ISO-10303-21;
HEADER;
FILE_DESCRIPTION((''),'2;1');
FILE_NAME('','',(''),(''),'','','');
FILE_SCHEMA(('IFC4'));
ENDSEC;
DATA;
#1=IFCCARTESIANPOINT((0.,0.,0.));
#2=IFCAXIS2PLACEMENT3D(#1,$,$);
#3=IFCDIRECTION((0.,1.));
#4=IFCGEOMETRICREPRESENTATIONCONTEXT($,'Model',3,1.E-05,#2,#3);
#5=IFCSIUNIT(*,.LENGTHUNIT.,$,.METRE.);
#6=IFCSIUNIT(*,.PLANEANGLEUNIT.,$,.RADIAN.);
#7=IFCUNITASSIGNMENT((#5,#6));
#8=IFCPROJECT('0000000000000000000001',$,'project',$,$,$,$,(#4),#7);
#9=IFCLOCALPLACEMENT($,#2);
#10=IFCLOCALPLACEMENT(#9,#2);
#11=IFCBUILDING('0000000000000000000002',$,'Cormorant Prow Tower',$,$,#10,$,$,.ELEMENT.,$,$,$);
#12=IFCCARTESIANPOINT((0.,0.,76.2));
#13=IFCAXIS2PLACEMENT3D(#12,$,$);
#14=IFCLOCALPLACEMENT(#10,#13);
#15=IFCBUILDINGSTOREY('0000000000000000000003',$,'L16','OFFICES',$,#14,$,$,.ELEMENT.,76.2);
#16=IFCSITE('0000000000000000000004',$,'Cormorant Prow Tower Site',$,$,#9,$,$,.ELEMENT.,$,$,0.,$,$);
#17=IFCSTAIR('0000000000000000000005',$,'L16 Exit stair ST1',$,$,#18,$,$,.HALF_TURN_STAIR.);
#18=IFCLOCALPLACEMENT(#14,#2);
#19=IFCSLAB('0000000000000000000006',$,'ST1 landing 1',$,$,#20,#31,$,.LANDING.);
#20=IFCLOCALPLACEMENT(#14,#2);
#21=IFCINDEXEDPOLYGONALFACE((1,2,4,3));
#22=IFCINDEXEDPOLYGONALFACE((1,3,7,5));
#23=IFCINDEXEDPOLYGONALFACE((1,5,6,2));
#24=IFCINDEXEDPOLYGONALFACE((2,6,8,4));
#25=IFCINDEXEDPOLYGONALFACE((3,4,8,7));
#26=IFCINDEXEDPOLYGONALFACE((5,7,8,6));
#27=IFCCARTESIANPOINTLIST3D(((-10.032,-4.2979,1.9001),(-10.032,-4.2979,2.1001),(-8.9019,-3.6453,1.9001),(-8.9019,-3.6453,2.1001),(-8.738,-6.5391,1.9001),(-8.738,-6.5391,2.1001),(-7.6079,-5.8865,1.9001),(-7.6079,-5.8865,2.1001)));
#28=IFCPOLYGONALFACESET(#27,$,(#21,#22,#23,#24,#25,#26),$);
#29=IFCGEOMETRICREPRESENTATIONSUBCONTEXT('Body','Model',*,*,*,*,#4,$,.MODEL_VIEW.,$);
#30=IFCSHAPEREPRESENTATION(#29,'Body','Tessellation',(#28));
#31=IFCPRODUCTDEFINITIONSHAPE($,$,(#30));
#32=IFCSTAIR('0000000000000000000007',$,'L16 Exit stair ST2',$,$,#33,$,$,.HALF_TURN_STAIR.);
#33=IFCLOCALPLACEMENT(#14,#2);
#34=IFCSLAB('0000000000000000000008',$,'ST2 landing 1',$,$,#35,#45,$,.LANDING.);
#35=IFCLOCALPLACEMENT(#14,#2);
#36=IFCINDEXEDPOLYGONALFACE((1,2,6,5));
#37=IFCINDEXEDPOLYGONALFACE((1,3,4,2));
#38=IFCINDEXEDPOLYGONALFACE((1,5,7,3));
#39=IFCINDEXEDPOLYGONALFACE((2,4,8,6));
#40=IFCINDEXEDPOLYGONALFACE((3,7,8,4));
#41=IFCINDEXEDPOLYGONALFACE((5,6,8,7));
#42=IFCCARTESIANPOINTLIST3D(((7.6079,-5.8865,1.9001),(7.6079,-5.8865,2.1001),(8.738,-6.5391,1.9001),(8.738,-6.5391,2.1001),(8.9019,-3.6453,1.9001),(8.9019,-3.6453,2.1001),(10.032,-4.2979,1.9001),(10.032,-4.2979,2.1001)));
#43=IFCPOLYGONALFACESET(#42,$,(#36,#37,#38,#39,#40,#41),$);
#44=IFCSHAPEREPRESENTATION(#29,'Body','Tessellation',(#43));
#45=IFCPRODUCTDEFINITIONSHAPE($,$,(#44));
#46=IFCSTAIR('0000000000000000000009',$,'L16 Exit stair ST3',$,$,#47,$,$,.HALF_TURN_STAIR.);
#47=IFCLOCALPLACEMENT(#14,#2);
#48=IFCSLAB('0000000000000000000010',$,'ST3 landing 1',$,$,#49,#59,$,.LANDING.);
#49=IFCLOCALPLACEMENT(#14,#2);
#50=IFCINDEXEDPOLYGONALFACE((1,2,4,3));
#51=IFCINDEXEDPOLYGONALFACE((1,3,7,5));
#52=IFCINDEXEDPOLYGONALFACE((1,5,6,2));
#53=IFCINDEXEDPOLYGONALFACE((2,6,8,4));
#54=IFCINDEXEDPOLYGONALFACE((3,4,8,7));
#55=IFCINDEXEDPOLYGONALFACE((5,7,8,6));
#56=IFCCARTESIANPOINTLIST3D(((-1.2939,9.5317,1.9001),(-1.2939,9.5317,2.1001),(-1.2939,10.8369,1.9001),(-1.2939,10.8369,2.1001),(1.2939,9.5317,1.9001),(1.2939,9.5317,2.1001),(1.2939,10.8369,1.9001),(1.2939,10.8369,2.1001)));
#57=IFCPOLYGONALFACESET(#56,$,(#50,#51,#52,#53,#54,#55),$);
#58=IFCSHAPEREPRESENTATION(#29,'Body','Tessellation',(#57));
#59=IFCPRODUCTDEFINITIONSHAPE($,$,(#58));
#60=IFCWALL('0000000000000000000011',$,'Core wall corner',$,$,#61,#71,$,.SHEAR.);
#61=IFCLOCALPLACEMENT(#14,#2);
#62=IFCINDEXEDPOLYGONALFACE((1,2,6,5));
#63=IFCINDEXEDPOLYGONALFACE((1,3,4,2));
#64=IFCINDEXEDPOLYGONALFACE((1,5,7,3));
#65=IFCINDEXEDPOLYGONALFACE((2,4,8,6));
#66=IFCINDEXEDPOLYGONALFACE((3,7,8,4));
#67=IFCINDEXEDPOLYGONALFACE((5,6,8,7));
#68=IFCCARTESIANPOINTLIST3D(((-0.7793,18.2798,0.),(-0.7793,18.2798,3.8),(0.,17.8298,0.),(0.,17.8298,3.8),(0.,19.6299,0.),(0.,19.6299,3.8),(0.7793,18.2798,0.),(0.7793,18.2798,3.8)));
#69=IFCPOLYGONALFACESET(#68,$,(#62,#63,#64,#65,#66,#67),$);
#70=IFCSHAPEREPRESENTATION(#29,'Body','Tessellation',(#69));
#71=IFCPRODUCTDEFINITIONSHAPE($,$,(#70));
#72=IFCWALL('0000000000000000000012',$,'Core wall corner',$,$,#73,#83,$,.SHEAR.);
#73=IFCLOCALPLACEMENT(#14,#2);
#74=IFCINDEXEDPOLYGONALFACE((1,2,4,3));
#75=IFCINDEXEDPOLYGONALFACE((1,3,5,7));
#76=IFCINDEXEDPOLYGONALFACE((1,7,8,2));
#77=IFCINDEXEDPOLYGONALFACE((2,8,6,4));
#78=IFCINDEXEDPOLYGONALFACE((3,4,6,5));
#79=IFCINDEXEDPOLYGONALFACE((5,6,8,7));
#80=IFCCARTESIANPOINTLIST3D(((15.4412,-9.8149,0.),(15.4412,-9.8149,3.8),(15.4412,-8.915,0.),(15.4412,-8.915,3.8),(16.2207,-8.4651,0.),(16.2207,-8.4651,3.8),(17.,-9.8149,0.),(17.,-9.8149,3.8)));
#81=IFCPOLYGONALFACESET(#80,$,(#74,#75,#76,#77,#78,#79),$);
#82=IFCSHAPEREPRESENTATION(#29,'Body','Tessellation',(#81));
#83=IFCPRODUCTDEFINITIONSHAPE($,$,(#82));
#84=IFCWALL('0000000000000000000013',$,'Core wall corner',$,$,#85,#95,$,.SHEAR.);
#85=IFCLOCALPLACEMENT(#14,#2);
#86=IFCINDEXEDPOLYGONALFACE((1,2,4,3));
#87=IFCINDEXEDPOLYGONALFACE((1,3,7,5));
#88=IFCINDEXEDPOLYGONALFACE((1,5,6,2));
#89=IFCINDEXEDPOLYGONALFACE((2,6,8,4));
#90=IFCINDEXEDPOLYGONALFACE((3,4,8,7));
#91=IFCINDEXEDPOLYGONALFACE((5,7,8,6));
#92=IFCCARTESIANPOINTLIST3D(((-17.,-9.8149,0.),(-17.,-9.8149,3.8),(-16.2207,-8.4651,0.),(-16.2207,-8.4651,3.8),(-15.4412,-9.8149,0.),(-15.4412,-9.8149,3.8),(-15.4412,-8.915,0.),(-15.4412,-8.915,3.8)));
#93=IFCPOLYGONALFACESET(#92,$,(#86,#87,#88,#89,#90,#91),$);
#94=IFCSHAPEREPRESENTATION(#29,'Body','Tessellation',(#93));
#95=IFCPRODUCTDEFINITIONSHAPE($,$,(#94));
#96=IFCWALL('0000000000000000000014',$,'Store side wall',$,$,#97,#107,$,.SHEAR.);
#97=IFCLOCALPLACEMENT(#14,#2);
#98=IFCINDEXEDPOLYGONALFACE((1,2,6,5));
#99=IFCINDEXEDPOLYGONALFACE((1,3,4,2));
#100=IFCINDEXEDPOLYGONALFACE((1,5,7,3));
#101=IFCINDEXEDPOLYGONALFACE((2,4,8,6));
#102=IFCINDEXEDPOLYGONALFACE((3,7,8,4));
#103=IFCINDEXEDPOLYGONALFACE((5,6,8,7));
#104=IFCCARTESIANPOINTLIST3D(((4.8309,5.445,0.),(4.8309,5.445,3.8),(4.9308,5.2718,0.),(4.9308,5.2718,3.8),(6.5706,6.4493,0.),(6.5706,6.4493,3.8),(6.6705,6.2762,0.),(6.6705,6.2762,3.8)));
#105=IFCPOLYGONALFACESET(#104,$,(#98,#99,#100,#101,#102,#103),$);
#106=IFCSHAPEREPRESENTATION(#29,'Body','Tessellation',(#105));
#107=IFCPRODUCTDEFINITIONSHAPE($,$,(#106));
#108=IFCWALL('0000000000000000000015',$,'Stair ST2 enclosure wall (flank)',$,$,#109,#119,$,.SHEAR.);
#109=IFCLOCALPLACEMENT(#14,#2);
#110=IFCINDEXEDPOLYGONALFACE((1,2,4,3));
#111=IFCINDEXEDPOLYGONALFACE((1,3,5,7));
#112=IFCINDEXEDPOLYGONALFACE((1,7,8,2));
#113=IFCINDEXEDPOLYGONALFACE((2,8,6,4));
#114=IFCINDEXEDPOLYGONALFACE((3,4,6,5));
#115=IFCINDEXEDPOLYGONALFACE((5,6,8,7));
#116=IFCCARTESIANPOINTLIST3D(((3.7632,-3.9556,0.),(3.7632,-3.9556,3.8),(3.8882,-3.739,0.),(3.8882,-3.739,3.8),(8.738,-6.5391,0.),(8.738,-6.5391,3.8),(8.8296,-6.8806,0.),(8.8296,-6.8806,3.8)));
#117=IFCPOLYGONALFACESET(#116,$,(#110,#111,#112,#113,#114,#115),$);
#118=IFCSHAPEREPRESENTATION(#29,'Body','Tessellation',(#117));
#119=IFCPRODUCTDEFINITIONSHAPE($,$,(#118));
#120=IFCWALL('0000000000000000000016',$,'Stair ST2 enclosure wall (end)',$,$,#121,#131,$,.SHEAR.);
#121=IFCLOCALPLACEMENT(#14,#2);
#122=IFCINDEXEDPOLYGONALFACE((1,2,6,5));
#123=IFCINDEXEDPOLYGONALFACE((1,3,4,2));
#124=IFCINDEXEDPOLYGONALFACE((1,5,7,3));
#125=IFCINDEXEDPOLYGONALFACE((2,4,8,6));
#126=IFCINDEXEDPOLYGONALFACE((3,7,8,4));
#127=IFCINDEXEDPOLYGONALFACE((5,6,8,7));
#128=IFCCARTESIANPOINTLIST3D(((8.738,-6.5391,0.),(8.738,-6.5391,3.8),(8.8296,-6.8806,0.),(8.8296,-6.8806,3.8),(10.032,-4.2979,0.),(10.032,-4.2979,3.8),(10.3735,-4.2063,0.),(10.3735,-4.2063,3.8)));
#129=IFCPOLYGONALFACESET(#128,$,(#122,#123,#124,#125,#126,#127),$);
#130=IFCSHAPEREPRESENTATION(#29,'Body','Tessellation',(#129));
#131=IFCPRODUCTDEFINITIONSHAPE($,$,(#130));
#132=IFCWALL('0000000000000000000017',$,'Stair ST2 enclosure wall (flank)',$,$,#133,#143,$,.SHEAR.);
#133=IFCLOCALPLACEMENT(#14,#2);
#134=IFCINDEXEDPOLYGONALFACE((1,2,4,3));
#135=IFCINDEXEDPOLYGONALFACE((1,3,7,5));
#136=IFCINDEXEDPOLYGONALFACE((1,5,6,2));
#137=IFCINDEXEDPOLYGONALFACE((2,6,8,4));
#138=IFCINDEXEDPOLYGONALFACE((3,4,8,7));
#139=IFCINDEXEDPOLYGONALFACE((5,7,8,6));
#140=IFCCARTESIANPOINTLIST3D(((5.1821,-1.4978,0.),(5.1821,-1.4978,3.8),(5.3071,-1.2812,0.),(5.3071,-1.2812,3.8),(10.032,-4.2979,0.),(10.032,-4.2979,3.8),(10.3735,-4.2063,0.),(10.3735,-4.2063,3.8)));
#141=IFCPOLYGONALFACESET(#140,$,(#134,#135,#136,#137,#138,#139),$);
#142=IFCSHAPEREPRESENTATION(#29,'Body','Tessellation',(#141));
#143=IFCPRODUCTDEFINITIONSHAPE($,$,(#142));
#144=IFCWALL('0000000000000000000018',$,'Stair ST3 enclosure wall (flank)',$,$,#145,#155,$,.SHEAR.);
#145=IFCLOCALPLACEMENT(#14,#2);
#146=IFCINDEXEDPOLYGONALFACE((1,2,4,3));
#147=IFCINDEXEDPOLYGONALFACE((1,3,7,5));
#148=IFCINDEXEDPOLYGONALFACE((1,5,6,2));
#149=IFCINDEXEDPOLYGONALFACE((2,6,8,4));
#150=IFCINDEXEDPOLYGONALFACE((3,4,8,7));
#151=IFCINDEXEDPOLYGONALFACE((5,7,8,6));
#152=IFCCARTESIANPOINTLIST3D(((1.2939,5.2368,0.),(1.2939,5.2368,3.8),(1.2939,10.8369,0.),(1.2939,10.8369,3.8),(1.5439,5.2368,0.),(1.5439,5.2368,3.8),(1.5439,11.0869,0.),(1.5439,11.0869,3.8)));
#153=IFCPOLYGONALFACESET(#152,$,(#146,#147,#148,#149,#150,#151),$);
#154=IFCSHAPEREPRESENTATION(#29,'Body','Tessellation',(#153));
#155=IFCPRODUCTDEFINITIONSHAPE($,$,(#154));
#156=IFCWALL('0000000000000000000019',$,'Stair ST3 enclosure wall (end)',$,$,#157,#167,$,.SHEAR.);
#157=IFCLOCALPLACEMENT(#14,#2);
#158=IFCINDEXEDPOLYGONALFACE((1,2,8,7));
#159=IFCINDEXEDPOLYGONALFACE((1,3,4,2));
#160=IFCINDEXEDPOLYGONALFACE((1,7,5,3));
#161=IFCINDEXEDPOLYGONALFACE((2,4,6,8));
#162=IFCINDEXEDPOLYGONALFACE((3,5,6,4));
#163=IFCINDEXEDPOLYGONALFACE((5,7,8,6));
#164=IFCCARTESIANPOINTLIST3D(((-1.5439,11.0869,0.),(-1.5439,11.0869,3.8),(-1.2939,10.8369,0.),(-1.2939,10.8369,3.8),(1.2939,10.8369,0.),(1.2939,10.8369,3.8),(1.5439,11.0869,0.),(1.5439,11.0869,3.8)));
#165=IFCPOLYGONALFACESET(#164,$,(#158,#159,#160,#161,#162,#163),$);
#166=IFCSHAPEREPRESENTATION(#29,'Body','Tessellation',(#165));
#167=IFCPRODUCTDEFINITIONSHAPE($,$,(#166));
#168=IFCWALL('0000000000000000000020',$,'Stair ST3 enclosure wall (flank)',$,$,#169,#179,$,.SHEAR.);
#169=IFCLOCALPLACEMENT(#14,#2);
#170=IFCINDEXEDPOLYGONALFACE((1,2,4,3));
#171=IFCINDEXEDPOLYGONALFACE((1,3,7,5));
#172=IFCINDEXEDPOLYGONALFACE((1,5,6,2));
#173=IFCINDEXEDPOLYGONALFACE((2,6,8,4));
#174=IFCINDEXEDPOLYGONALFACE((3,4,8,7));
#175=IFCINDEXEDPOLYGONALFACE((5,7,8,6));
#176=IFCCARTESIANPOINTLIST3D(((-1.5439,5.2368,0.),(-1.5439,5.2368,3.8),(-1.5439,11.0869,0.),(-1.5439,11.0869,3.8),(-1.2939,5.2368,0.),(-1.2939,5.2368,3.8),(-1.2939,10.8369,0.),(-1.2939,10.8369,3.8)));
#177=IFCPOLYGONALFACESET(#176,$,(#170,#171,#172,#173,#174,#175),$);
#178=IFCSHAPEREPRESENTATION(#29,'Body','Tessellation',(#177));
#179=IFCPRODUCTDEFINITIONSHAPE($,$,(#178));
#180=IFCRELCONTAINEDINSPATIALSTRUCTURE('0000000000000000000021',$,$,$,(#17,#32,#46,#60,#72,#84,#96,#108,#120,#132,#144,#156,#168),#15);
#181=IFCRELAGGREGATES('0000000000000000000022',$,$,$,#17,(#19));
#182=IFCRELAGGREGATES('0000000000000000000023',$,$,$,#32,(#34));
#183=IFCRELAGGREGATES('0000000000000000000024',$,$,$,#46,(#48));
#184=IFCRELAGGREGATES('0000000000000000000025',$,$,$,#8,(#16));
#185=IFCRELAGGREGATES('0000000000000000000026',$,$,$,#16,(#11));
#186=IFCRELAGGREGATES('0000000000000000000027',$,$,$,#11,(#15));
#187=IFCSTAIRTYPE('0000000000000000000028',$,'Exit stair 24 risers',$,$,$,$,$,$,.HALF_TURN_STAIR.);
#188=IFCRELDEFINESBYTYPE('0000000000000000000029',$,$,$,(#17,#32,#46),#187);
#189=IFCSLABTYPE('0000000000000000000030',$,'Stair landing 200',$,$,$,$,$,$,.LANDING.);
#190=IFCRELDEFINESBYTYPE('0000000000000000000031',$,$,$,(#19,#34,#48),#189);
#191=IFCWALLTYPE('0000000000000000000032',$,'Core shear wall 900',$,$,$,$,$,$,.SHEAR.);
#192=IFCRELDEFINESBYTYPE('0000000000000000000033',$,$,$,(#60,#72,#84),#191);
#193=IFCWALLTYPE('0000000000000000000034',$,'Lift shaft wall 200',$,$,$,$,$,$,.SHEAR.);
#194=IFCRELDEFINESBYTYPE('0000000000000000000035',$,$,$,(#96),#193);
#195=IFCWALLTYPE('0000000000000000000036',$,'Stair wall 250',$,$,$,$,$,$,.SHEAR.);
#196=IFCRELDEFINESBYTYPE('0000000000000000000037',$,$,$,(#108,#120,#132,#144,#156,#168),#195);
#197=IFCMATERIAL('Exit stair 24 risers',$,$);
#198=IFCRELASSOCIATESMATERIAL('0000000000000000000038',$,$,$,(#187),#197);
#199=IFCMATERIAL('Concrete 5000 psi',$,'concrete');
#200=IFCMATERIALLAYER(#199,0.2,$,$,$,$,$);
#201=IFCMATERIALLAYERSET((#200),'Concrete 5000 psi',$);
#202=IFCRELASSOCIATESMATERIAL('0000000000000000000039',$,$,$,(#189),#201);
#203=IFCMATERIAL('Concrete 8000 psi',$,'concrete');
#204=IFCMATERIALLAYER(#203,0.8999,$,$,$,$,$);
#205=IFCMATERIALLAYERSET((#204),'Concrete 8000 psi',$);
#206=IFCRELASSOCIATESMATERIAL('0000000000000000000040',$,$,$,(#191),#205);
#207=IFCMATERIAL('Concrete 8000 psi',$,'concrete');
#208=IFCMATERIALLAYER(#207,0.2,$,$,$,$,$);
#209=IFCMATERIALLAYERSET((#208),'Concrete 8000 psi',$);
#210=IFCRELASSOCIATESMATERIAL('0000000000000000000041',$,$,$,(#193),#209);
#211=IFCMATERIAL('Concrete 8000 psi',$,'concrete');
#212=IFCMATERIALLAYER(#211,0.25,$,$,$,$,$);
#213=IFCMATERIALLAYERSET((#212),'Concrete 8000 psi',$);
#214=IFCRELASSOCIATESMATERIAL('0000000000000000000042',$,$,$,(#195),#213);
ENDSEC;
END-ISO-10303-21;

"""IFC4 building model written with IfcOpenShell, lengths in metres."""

from ifc_helpers import new_model, si_unit, direction, frame, frame_2d, origin, place, context, subcontext, project, spatial, polyline, rectangle, outline, extrude, material, layer, layer_set, type_object, element, aggregate, save


model = new_model("IFC4")

# Units and contexts
model_context = context("Model", 3, precision=1e-05, world=origin(), true_north=direction((0.0, 1.0)))
body_context = subcontext(model_context, "Body", "Model", "MODEL_VIEW")
ifc_project = project(units=[si_unit("LENGTHUNIT", "METRE"), si_unit("PLANEANGLEUNIT", "RADIAN")], contexts=[model_context])

# Site, building, storey
site_placement = place(None, origin())
site = spatial("IfcSite", under=ifc_project, at=site_placement, Name="Cormorant Prow Tower Site", CompositionType="ELEMENT", RefElevation=0.0)
building_placement = place(site_placement, origin())
building = spatial("IfcBuilding", under=site, at=building_placement, Name="Cormorant Prow Tower", CompositionType="ELEMENT")
storey_placement = place(building_placement, frame((0.0, 0.0, 76.2)))
storey = spatial("IfcBuildingStorey", under=building, at=storey_placement, Name="L16", Description="OFFICES", CompositionType="ELEMENT", Elevation=76.2)

# Stairs, slabs
ifc_material_1 = material(Name="Exit stair 24 risers")
stair_type = type_object("IfcStairType", Name="Exit stair 24 risers", PredefinedType="HALF_TURN_STAIR", material=ifc_material_1)
stair_1_placement = place(storey_placement, origin())
stair_1 = element("IfcStair", 1, at=stair_1_placement, inside=storey, type_object=stair_type, Name="L16 Exit stair ST1", PredefinedType="HALF_TURN_STAIR")
ifc_material_2 = material(Name="Concrete 5000 psi", Category="concrete")
ifc_layer_1 = layer(ifc_material_2, 0.2)
ifc_layer_set_1 = layer_set([ifc_layer_1], Name="Concrete 5000 psi")
slab_type = type_object("IfcSlabType", Name="Stair landing 200", PredefinedType="LANDING", material=ifc_layer_set_1)
slab_1_placement = place(storey_placement, frame((0.0, 0.0, 1.9001)))
slab_1 = element("IfcSlab", 2, at=slab_1_placement, type_object=slab_type, Name="ST1 landing 1", PredefinedType="LANDING", context=body_context, shape_type="SweptSolid", body=[
    extrude(outline(polyline([(-8.9019, -3.6453), (-10.032, -4.2979), (-8.738, -6.5391), (-7.6079, -5.8865), (-8.9019, -3.6453)])), origin(), (0.0, 0.0, 1.0), 0.2),
])
aggregate(stair_1, [slab_1])
stair_2_placement = place(storey_placement, origin())
stair_2 = element("IfcStair", 3, at=stair_2_placement, inside=storey, type_object=stair_type, Name="L16 Exit stair ST2", PredefinedType="HALF_TURN_STAIR")
slab_2_placement = place(storey_placement, frame((0.0, 0.0, 1.9001)))
slab_2 = element("IfcSlab", 4, at=slab_2_placement, type_object=slab_type, Name="ST2 landing 1", PredefinedType="LANDING", context=body_context, shape_type="SweptSolid", body=[
    extrude(outline(polyline([(7.6079, -5.8865), (8.738, -6.5391), (10.032, -4.2979), (8.9019, -3.6453), (7.6079, -5.8865)])), origin(), (0.0, 0.0, 1.0), 0.2),
])
aggregate(stair_2, [slab_2])
stair_3_placement = place(storey_placement, origin())
stair_3 = element("IfcStair", 5, at=stair_3_placement, inside=storey, type_object=stair_type, Name="L16 Exit stair ST3", PredefinedType="HALF_TURN_STAIR")
slab_3_placement = place(storey_placement, frame((0.0, 0.0, 1.9001)))
slab_3 = element("IfcSlab", 6, at=slab_3_placement, type_object=slab_type, Name="ST3 landing 1", PredefinedType="LANDING", context=body_context, shape_type="SweptSolid", body=[
    extrude(outline(polyline([(1.2939, 9.5317), (1.2939, 10.8369), (-1.2939, 10.8369), (-1.2939, 9.5317), (1.2939, 9.5317)])), origin(), (0.0, 0.0, 1.0), 0.2),
])

# Walls
ifc_material_3 = material(Name="Concrete 8000 psi", Category="concrete")
ifc_layer_2 = layer(ifc_material_3, 0.8999)
ifc_layer_set_2 = layer_set([ifc_layer_2], Name="Concrete 8000 psi")
wall_type_1 = type_object("IfcWallType", Name="Core shear wall 900", PredefinedType="SHEAR", material=ifc_layer_set_2)
wall_1_placement = place(storey_placement, origin())
element("IfcWall", 7, at=wall_1_placement, inside=storey, type_object=wall_type_1, Name="Core wall corner", PredefinedType="SHEAR", context=body_context, shape_type="SweptSolid", body=[
    extrude(outline(polyline([(-0.7793, 18.2798), (0.0, 19.6299), (0.7793, 18.2798), (0.0, 17.8298), (-0.7793, 18.2798)])), origin(), (0.0, 0.0, 1.0), 3.8),
])
wall_2_placement = place(storey_placement, origin())
element("IfcWall", 8, at=wall_2_placement, inside=storey, type_object=wall_type_1, Name="Core wall corner", PredefinedType="SHEAR", context=body_context, shape_type="SweptSolid", body=[
    extrude(outline(polyline([(15.4412, -9.8149), (15.4412, -8.915), (16.2207, -8.4651), (17.0, -9.8149), (15.4412, -9.8149)])), origin(), (0.0, 0.0, 1.0), 3.8),
])
wall_3_placement = place(storey_placement, origin())
element("IfcWall", 9, at=wall_3_placement, inside=storey, type_object=wall_type_1, Name="Core wall corner", PredefinedType="SHEAR", context=body_context, shape_type="SweptSolid", body=[
    extrude(outline(polyline([(-16.2207, -8.4651), (-15.4412, -8.915), (-15.4412, -9.8149), (-17.0, -9.8149), (-16.2207, -8.4651)])), origin(), (0.0, 0.0, 1.0), 3.8),
])
ifc_material_4 = material(Name="Concrete 8000 psi", Category="concrete")
ifc_layer_3 = layer(ifc_material_4, 0.2)
ifc_layer_set_3 = layer_set([ifc_layer_3], Name="Concrete 8000 psi")
wall_type_2 = type_object("IfcWallType", Name="Lift shaft wall 200", PredefinedType="SHEAR", material=ifc_layer_set_3)
wall_4_placement = place(storey_placement, frame((4.8809, 5.3584, 0.0), z_axis=(0.0, 0.0, 1.0), x_axis=(0.866036, 0.499982, 0.0)))
element("IfcWall", 10, at=wall_4_placement, inside=storey, type_object=wall_type_2, Name="Store side wall", PredefinedType="SHEAR", context=body_context, shape_type="SweptSolid", body=[
    extrude(rectangle(XDim=2.0088, YDim=0.2, at=frame_2d((1.0044, 0.0))), origin(), (0.0, 0.0, 1.0), 3.8),
])
ifc_material_5 = material(Name="Concrete 8000 psi", Category="concrete")
ifc_layer_4 = layer(ifc_material_5, 0.25)
ifc_layer_set_4 = layer_set([ifc_layer_4], Name="Concrete 8000 psi")
wall_type_3 = type_object("IfcWallType", Name="Stair wall 250", PredefinedType="SHEAR", material=ifc_layer_set_4)
wall_5_placement = place(storey_placement, origin())
element("IfcWall", 11, at=wall_5_placement, inside=storey, type_object=wall_type_3, Name="Stair ST2 enclosure wall (flank)", PredefinedType="SHEAR", context=body_context, shape_type="SweptSolid", body=[
    extrude(outline(polyline([(3.7632, -3.9556), (8.8296, -6.8806), (8.738, -6.5391), (3.8882, -3.739), (3.7632, -3.9556)])), origin(), (0.0, 0.0, 1.0), 3.8),
])
wall_6_placement = place(storey_placement, origin())
element("IfcWall", 12, at=wall_6_placement, inside=storey, type_object=wall_type_3, Name="Stair ST2 enclosure wall (end)", PredefinedType="SHEAR", context=body_context, shape_type="SweptSolid", body=[
    extrude(outline(polyline([(8.8296, -6.8806), (10.3735, -4.2063), (10.032, -4.2979), (8.738, -6.5391), (8.8296, -6.8806)])), origin(), (0.0, 0.0, 1.0), 3.8),
])
wall_7_placement = place(storey_placement, origin())
element("IfcWall", 13, at=wall_7_placement, inside=storey, type_object=wall_type_3, Name="Stair ST2 enclosure wall (flank)", PredefinedType="SHEAR", context=body_context, shape_type="SweptSolid", body=[
    extrude(outline(polyline([(10.032, -4.2979), (10.3735, -4.2063), (5.3071, -1.2812), (5.1821, -1.4978), (10.032, -4.2979)])), origin(), (0.0, 0.0, 1.0), 3.8),
])
wall_8_placement = place(storey_placement, origin())
element("IfcWall", 14, at=wall_8_placement, inside=storey, type_object=wall_type_3, Name="Stair ST3 enclosure wall (flank)", PredefinedType="SHEAR", context=body_context, shape_type="SweptSolid", body=[
    extrude(outline(polyline([(1.5439, 5.2368), (1.5439, 11.0869), (1.2939, 10.8369), (1.2939, 5.2368), (1.5439, 5.2368)])), origin(), (0.0, 0.0, 1.0), 3.8),
])
wall_9_placement = place(storey_placement, origin())
element("IfcWall", 15, at=wall_9_placement, inside=storey, type_object=wall_type_3, Name="Stair ST3 enclosure wall (end)", PredefinedType="SHEAR", context=body_context, shape_type="SweptSolid", body=[
    extrude(outline(polyline([(1.5439, 11.0869), (-1.5439, 11.0869), (-1.2939, 10.8369), (1.2939, 10.8369), (1.5439, 11.0869)])), origin(), (0.0, 0.0, 1.0), 3.8),
])
wall_10_placement = place(storey_placement, origin())
element("IfcWall", 16, at=wall_10_placement, inside=storey, type_object=wall_type_3, Name="Stair ST3 enclosure wall (flank)", PredefinedType="SHEAR", context=body_context, shape_type="SweptSolid", body=[
    extrude(outline(polyline([(-1.2939, 10.8369), (-1.5439, 11.0869), (-1.5439, 5.2368), (-1.2939, 5.2368), (-1.2939, 10.8369)])), origin(), (0.0, 0.0, 1.0), 3.8),
])

aggregate(stair_3, [slab_3])

save(model, "model.ifc")
